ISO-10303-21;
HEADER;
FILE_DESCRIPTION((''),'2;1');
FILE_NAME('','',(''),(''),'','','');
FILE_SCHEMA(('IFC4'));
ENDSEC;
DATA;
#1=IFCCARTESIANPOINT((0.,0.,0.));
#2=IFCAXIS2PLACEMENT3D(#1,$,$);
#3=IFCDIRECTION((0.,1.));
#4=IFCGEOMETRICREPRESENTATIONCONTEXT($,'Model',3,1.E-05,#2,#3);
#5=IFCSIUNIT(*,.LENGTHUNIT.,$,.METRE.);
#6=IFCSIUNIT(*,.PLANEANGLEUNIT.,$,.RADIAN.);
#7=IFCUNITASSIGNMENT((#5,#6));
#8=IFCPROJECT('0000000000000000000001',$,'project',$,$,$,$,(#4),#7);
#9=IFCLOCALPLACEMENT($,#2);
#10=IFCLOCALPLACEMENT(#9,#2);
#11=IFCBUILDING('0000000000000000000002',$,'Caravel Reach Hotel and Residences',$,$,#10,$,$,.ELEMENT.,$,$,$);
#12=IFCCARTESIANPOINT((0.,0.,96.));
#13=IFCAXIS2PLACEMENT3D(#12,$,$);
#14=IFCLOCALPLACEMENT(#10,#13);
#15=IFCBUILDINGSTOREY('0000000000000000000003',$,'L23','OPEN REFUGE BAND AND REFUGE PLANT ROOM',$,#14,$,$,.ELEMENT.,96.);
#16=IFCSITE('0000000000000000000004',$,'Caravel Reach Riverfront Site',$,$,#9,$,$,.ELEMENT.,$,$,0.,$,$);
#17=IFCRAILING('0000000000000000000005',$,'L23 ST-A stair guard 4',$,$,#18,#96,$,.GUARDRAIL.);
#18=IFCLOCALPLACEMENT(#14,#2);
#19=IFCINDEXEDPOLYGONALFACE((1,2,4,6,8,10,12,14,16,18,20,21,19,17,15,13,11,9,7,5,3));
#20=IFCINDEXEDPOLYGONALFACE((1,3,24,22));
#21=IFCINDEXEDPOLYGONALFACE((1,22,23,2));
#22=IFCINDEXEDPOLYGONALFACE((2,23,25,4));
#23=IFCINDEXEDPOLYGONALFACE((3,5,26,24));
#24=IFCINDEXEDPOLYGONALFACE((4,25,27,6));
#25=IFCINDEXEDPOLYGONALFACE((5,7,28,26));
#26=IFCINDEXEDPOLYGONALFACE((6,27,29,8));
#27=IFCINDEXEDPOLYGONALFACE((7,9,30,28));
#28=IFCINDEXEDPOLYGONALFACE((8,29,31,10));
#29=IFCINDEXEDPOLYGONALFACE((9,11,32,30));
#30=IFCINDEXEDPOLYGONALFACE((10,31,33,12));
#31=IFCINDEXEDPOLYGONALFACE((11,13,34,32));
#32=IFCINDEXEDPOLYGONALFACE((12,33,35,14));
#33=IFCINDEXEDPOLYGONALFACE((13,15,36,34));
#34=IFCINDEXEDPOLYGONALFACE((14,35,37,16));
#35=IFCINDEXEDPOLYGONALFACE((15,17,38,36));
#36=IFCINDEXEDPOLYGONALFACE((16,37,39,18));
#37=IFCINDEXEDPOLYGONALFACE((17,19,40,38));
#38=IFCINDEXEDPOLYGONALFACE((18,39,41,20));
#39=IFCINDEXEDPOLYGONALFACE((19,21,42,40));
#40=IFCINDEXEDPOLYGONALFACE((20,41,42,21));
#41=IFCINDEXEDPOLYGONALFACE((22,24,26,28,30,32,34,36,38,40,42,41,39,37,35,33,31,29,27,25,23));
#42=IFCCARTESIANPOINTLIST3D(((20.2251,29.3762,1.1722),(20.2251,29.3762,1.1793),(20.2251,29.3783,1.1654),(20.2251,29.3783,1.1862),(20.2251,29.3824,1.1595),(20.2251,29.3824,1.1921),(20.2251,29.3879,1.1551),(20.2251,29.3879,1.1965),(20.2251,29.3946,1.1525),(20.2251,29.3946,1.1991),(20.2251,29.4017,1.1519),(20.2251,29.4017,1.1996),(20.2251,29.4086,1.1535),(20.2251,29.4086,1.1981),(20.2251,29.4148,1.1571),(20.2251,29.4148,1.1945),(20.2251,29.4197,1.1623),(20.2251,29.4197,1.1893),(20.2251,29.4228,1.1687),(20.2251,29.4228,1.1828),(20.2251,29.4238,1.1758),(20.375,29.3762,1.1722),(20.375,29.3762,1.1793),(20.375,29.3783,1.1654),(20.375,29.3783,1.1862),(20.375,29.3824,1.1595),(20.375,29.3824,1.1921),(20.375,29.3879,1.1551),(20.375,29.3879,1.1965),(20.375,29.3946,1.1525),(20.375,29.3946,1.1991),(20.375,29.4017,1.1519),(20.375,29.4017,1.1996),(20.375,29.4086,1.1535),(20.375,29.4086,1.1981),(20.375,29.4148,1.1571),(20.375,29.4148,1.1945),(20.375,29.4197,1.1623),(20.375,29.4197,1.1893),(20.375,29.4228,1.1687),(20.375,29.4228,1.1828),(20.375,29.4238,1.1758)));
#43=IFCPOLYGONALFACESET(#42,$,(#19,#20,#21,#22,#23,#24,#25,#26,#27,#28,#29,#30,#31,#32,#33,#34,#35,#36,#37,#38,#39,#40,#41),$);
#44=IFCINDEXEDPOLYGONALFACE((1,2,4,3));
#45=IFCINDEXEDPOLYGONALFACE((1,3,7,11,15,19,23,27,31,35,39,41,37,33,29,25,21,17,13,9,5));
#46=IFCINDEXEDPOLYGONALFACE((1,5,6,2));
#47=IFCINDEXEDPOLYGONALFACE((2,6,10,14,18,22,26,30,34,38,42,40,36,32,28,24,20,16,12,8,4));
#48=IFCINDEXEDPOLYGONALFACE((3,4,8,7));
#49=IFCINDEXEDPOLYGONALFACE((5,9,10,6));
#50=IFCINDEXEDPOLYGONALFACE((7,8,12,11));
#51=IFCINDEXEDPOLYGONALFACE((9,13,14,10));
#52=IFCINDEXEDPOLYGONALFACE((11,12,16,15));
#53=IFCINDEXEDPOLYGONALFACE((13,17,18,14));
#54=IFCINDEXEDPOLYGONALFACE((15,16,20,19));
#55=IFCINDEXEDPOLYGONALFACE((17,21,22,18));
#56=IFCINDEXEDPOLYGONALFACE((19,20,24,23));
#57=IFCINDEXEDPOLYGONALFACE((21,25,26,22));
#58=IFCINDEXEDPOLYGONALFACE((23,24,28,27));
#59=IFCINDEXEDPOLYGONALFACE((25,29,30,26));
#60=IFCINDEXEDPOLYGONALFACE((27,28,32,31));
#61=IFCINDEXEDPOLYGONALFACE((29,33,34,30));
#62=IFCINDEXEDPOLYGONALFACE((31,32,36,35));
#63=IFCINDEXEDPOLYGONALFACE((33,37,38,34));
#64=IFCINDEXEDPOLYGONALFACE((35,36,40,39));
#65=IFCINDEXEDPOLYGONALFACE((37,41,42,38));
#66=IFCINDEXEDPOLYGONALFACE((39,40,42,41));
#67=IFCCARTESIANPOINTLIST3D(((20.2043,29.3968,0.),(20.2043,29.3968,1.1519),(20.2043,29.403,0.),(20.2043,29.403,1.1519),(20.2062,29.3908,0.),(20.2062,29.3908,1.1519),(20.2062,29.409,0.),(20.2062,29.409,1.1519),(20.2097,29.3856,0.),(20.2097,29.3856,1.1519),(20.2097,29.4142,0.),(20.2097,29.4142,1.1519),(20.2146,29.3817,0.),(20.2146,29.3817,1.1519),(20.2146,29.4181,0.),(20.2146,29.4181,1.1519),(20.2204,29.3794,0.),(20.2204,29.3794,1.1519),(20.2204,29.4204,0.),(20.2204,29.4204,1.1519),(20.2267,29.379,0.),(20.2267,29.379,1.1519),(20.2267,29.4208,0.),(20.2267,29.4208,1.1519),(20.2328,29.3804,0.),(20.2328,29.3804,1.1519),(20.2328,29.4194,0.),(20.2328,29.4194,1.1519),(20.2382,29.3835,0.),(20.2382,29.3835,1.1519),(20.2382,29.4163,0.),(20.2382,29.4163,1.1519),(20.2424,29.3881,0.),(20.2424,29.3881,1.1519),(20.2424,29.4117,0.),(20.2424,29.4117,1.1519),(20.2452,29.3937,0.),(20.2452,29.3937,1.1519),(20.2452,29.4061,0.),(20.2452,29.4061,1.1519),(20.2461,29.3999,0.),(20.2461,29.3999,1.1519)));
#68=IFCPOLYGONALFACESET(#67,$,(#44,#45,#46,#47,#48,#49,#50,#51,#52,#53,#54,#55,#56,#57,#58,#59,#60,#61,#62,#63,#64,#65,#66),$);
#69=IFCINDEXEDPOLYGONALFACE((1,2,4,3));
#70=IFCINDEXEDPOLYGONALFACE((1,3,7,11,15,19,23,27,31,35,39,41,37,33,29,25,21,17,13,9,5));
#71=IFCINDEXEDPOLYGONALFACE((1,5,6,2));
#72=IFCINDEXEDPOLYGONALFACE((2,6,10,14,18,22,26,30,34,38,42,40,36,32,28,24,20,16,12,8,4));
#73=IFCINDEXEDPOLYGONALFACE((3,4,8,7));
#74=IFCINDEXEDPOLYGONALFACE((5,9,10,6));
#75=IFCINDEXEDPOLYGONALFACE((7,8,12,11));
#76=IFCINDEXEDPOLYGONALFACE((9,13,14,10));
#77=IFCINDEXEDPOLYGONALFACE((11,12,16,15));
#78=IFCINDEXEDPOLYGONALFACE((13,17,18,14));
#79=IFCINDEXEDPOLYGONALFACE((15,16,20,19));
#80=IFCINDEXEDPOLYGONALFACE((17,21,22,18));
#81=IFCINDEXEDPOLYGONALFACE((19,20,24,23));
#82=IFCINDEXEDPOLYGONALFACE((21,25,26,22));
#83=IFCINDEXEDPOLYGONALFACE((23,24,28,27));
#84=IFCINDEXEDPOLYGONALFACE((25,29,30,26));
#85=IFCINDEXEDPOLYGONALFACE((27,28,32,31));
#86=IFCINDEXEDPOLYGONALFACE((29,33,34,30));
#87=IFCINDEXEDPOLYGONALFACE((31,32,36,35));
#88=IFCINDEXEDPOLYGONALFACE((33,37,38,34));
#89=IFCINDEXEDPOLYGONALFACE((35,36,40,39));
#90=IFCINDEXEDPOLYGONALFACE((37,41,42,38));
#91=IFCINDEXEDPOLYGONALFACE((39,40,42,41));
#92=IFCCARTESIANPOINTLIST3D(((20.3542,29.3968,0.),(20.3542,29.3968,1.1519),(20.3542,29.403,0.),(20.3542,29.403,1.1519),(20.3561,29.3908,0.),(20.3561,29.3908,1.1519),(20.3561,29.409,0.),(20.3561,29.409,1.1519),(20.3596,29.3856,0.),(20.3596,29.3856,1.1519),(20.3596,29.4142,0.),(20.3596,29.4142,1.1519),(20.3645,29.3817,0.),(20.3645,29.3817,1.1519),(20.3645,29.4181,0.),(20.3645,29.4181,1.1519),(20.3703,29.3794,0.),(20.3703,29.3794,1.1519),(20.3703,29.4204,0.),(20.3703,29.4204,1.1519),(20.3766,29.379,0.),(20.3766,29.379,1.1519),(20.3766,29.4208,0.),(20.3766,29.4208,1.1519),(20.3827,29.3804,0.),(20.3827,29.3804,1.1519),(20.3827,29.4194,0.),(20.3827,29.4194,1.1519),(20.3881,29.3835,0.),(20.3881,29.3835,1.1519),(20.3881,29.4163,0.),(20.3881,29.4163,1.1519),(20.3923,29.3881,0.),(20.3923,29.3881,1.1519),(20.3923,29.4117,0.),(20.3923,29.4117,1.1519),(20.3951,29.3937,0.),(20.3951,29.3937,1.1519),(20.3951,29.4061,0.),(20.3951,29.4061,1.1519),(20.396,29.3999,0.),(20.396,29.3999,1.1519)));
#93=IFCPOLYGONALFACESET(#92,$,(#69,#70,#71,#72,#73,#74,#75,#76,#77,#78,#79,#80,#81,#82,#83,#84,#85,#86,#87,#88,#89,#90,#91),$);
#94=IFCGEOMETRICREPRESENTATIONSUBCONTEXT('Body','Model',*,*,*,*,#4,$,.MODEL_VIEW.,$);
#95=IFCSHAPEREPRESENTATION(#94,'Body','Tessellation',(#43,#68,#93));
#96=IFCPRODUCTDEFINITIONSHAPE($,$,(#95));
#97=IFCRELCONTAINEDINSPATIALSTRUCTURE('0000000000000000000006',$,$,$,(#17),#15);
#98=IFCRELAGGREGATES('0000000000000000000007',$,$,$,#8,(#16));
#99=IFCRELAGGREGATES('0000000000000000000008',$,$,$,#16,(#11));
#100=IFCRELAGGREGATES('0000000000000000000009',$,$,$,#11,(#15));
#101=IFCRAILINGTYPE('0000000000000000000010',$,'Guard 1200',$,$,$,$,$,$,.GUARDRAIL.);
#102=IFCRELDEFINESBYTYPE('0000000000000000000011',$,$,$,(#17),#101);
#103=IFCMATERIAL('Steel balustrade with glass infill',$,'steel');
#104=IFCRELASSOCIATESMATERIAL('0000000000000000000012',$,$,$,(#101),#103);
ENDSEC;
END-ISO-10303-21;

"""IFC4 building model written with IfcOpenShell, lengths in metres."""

from ifc_helpers import new_model, si_unit, direction, frame, origin, origin_2d, place, context, subcontext, project, spatial, circle, extrude, material, type_object, element, save


model = new_model("IFC4")

# Units and contexts
model_context = context("Model", 3, precision=1e-05, world=origin(), true_north=direction((0.0, 1.0)))
body_context = subcontext(model_context, "Body", "Model", "MODEL_VIEW")
ifc_project = project(units=[si_unit("LENGTHUNIT", "METRE"), si_unit("PLANEANGLEUNIT", "RADIAN")], contexts=[model_context])

# Site, building, storey
site_placement = place(None, origin())
site = spatial("IfcSite", under=ifc_project, at=site_placement, Name="Caravel Reach Riverfront Site", CompositionType="ELEMENT", RefElevation=0.0)
building_placement = place(site_placement, origin())
building = spatial("IfcBuilding", under=site, at=building_placement, Name="Caravel Reach Hotel and Residences", CompositionType="ELEMENT")
storey_placement = place(building_placement, frame((0.0, 0.0, 96.0)))
storey = spatial("IfcBuildingStorey", under=building, at=storey_placement, Name="L23", Description="OPEN REFUGE BAND AND REFUGE PLANT ROOM", CompositionType="ELEMENT", Elevation=96.0)

# Railing
ifc_material_1 = material(Name="Steel balustrade with glass infill", Category="steel")
railing_type_1 = type_object("IfcRailingType", Name="Guard 1200", PredefinedType="GUARDRAIL", material=ifc_material_1)
railing_1_placement = place(storey_placement, frame((20.2251, 29.3999, 0.0)))
element("IfcRailing", 1, at=railing_1_placement, inside=storey, type_object=railing_type_1, Name="L23 ST-A stair guard 4", PredefinedType="GUARDRAIL", context=body_context, shape_type="SweptSolid", body=[
    extrude(circle(Radius=0.0239, at=origin_2d()), frame((0.0, 0.0, 1.1758), z_axis=(1.0, 0.0, 0.0), x_axis=(0.0, 1.0, 0.0)), (0.0, 0.0, 1.0), 0.1499),
    extrude(circle(Radius=0.021, at=origin_2d()), origin(), (0.0, 0.0, 1.0), 1.1519),
    extrude(circle(Radius=0.021, at=origin_2d()), frame((0.1499, 0.0, 0.0)), (0.0, 0.0, 1.0), 1.1519),
])

save(model, "model.ifc")
